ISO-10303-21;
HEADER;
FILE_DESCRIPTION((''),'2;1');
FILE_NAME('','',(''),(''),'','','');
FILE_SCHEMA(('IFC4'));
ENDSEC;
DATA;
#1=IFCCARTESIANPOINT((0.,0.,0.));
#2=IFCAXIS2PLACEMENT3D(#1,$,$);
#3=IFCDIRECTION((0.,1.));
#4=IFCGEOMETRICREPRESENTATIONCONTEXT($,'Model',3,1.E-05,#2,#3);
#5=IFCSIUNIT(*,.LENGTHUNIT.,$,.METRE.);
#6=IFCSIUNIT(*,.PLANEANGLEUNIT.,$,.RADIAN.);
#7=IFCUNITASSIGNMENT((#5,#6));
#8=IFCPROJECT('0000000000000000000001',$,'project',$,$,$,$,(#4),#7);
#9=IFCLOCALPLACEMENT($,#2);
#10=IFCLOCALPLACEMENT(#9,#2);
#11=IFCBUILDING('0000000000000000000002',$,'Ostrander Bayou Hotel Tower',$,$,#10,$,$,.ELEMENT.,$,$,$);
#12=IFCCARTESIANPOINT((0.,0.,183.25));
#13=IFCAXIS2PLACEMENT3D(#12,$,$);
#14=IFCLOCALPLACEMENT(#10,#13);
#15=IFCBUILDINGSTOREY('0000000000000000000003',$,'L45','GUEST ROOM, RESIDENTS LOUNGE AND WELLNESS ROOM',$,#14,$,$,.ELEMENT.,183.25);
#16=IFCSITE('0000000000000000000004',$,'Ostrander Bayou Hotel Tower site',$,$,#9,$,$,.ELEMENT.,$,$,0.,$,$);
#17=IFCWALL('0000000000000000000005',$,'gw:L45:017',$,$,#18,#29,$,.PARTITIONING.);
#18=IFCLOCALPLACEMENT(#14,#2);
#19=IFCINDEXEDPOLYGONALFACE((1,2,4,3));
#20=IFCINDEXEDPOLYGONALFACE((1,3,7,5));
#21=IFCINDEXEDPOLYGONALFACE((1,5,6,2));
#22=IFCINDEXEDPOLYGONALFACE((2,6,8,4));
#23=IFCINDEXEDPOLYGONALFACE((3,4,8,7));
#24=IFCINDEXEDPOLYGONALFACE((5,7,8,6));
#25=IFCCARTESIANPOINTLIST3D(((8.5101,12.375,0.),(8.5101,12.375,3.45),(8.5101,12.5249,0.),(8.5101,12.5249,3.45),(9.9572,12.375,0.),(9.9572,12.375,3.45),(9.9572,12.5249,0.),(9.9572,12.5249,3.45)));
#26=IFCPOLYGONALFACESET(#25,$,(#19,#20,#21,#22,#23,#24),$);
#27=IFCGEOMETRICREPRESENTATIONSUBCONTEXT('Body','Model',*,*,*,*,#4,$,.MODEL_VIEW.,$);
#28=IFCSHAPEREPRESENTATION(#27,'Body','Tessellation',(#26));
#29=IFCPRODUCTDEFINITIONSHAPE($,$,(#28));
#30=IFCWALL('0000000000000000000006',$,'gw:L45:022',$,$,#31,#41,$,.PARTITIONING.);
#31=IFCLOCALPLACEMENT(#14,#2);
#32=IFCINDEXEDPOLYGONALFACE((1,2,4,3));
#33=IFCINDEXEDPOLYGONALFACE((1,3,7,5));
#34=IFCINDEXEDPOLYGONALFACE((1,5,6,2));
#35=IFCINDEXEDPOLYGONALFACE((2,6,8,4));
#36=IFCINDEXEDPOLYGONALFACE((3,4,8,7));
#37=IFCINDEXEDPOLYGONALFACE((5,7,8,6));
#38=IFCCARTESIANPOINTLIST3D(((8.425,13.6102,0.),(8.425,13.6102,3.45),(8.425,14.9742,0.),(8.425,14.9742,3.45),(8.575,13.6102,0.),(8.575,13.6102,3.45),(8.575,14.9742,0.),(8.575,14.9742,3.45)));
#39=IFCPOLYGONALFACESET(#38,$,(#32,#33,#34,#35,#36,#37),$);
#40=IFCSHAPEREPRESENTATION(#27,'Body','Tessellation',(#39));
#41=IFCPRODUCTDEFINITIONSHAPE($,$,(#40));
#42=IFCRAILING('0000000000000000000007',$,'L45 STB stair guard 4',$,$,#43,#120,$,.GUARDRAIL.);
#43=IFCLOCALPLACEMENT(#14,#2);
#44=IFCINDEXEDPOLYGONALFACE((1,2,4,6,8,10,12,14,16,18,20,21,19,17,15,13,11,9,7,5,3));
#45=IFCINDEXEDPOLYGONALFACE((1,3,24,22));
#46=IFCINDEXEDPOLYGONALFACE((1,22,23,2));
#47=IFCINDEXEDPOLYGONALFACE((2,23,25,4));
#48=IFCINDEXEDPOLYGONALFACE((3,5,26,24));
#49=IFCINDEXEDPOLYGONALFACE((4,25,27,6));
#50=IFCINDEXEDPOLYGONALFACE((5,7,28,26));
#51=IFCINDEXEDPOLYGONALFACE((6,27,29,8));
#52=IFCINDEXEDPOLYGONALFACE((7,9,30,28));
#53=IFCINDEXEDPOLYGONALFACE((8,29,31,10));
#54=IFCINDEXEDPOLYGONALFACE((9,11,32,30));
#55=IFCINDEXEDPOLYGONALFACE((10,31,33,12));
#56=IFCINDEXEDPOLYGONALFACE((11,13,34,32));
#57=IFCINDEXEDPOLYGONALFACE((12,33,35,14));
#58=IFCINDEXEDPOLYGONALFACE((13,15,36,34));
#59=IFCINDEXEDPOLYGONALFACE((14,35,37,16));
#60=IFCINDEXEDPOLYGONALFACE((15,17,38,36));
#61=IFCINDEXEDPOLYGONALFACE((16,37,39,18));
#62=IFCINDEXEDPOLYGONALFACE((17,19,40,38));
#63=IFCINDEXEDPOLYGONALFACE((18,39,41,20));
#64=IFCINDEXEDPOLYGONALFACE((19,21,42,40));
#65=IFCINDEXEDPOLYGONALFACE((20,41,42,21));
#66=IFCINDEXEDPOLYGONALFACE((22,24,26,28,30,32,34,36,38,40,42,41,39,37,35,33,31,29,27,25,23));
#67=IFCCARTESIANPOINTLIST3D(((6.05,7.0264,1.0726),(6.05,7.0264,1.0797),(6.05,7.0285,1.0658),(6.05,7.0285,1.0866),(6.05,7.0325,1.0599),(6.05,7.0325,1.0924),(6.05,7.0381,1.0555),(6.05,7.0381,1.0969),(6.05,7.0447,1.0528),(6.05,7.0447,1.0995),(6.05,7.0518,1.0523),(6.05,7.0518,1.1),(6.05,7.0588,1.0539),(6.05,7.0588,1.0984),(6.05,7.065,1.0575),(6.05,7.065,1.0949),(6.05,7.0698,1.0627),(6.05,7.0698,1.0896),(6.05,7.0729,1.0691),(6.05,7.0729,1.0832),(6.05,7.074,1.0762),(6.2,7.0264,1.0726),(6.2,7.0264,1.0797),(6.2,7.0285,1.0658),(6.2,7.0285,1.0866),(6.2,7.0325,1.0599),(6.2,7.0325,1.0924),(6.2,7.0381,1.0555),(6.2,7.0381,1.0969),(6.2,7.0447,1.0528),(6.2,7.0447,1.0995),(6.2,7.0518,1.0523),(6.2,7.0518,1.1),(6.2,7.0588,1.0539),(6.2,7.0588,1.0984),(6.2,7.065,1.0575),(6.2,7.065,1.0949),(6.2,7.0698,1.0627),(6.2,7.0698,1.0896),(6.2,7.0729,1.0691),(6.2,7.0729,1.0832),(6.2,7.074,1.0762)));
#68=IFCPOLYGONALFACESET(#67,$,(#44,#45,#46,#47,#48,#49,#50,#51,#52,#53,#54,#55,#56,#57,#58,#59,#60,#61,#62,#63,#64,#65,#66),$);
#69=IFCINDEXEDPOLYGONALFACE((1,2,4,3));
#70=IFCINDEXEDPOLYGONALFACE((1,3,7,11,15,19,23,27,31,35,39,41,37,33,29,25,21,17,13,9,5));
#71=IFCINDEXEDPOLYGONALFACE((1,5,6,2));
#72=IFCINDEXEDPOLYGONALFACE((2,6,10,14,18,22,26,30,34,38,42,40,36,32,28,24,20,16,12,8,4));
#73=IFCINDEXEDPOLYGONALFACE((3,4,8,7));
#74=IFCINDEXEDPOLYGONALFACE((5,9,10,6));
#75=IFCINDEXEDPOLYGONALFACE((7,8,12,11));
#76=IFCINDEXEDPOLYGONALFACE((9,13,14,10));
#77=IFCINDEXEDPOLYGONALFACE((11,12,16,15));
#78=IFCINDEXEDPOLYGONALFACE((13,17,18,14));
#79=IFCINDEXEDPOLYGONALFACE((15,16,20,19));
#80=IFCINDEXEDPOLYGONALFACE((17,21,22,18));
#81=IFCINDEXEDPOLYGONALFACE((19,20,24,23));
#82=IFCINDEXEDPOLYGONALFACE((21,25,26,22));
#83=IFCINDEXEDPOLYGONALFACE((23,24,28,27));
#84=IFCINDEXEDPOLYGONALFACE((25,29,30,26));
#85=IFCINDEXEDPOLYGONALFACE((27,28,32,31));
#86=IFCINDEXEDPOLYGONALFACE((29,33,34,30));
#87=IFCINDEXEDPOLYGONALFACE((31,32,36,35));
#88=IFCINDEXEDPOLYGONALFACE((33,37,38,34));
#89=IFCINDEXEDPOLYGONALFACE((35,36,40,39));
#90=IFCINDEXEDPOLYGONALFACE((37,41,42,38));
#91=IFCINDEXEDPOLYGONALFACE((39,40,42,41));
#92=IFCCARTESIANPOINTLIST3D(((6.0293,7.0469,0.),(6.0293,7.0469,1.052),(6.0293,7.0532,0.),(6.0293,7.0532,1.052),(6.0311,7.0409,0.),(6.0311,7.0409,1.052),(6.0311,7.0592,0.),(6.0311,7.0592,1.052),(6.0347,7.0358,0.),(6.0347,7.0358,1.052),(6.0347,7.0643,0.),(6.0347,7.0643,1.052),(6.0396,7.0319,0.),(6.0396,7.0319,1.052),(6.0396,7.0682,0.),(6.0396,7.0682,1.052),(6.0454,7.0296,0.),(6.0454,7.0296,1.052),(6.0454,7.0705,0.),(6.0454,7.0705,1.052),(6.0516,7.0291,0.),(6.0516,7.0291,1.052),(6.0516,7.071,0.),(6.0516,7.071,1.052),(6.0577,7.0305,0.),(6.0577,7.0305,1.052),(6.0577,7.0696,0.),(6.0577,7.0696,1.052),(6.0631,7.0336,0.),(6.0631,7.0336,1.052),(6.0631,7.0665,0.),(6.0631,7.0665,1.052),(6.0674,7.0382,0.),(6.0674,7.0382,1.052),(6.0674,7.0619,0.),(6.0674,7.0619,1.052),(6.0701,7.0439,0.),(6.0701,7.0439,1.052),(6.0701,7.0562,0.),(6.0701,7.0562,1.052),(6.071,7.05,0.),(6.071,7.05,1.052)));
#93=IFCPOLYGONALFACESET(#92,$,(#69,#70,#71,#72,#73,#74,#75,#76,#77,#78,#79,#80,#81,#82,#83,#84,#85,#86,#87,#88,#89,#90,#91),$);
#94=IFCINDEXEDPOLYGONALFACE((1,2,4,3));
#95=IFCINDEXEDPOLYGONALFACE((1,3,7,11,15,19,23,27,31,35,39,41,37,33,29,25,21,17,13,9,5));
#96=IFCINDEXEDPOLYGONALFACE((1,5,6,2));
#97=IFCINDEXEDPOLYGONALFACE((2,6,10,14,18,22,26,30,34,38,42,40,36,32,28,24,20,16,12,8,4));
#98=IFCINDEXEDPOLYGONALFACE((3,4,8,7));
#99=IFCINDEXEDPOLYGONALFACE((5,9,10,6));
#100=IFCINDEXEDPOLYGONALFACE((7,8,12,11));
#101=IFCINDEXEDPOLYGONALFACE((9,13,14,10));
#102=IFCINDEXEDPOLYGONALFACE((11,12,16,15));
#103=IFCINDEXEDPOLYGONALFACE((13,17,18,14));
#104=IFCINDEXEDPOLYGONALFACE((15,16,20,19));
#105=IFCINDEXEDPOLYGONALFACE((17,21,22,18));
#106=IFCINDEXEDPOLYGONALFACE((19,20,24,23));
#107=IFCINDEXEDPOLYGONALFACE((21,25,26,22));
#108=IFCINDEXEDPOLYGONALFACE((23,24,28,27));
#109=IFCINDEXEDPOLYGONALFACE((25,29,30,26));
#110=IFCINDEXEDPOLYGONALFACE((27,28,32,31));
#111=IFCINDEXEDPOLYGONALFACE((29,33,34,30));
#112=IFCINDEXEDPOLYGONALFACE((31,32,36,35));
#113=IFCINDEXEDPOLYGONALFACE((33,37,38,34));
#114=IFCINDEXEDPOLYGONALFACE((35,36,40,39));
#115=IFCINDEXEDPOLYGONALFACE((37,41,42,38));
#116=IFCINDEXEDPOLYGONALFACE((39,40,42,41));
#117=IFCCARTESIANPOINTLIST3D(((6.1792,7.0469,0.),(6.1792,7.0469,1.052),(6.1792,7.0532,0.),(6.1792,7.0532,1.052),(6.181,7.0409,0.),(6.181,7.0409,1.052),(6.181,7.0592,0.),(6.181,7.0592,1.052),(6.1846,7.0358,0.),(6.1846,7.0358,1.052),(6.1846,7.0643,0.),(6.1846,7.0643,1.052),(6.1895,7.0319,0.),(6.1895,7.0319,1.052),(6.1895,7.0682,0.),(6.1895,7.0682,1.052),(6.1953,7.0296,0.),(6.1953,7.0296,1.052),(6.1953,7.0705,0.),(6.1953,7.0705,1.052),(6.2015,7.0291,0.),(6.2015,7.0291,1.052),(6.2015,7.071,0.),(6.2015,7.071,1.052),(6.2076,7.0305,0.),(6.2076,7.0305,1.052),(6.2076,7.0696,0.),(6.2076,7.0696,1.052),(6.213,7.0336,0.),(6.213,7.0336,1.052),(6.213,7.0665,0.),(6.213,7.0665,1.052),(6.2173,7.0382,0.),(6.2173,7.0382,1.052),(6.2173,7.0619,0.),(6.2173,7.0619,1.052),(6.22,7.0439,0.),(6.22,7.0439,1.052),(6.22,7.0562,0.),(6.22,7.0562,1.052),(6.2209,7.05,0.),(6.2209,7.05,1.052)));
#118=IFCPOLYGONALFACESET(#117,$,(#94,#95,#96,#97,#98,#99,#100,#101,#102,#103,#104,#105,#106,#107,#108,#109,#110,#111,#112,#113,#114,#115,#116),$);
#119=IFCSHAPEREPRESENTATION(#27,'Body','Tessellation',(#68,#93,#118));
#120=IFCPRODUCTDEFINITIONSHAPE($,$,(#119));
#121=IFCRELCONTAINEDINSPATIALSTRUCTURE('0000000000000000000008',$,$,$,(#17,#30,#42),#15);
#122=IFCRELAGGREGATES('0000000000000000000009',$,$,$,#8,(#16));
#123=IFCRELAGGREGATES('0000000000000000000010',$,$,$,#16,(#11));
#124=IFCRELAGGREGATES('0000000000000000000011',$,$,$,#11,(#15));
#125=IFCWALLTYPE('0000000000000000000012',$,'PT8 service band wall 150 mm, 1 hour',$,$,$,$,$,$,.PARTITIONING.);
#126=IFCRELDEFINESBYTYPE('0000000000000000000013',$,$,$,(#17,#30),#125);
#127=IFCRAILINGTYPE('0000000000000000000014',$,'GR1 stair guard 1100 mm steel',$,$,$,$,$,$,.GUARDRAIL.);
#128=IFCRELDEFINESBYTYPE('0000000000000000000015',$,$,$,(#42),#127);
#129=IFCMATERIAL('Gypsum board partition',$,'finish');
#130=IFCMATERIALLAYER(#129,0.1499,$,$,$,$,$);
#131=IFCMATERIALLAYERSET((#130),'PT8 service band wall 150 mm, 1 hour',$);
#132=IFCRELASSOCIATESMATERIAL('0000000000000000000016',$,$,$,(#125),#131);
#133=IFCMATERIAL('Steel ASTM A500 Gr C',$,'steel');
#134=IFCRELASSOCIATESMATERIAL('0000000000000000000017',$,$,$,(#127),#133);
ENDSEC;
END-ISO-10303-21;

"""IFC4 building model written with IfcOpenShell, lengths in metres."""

from ifc_helpers import new_model, si_unit, direction, frame, frame_2d, origin, origin_2d, place, context, subcontext, project, spatial, rectangle, circle, extrude, material, layer, layer_set, type_object, element, save


model = new_model("IFC4")

# Units and contexts
model_context = context("Model", 3, precision=1e-05, world=origin(), true_north=direction((0.0, 1.0)))
body_context = subcontext(model_context, "Body", "Model", "MODEL_VIEW")
ifc_project = project(units=[si_unit("LENGTHUNIT", "METRE"), si_unit("PLANEANGLEUNIT", "RADIAN")], contexts=[model_context])

# Site, building, storey
site_placement = place(None, origin())
site = spatial("IfcSite", under=ifc_project, at=site_placement, Name="Ostrander Bayou Hotel Tower site", CompositionType="ELEMENT", RefElevation=0.0)
building_placement = place(site_placement, origin())
building = spatial("IfcBuilding", under=site, at=building_placement, Name="Ostrander Bayou Hotel Tower", CompositionType="ELEMENT")
storey_placement = place(building_placement, frame((0.0, 0.0, 183.25)))
storey = spatial("IfcBuildingStorey", under=building, at=storey_placement, Name="L45", Description="GUEST ROOM, RESIDENTS LOUNGE AND WELLNESS ROOM", CompositionType="ELEMENT", Elevation=183.25)

# Walls
ifc_material_1 = material(Name="Gypsum board partition", Category="finish")
ifc_layer_1 = layer(ifc_material_1, 0.1499)
ifc_layer_set_1 = layer_set([ifc_layer_1], Name="PT8 service band wall 150 mm, 1 hour")
wall_type_1 = type_object("IfcWallType", Name="PT8 service band wall 150 mm, 1 hour", PredefinedType="PARTITIONING", material=ifc_layer_set_1)
wall_1_placement = place(storey_placement, frame((8.51, 12.45, 0.0), z_axis=(0.0, 0.0, 1.0), x_axis=(1.0, 0.0, 0.0)))
element("IfcWall", 1, at=wall_1_placement, inside=storey, type_object=wall_type_1, Name="gw:L45:017", PredefinedType="PARTITIONING", context=body_context, shape_type="SweptSolid", body=[
    extrude(rectangle(XDim=1.447, YDim=0.1499, at=frame_2d((0.7236, 0.0))), origin(), (0.0, 0.0, 1.0), 3.45),
])
wall_2_placement = place(storey_placement, frame((8.5, 13.6101, 0.0), z_axis=(0.0, 0.0, 1.0), x_axis=(0.0, 1.0, 0.0)))
element("IfcWall", 2, at=wall_2_placement, inside=storey, type_object=wall_type_1, Name="gw:L45:022", PredefinedType="PARTITIONING", context=body_context, shape_type="SweptSolid", body=[
    extrude(rectangle(XDim=1.364, YDim=0.1499, at=frame_2d((0.6821, 0.0))), origin(), (0.0, 0.0, 1.0), 3.45),
])

# Railing
ifc_material_2 = material(Name="Steel ASTM A500 Gr C", Category="steel")
railing_type = type_object("IfcRailingType", Name="GR1 stair guard 1100 mm steel", PredefinedType="GUARDRAIL", material=ifc_material_2)
railing_placement = place(storey_placement, frame((6.05, 7.05, 0.0)))
element("IfcRailing", 3, at=railing_placement, inside=storey, type_object=railing_type, Name="L45 STB stair guard 4", PredefinedType="GUARDRAIL", context=body_context, shape_type="SweptSolid", body=[
    extrude(circle(Radius=0.0239, at=origin_2d()), frame((0.0, 0.0, 1.0762), z_axis=(1.0, 0.0, 0.0), x_axis=(0.0, 1.0, 0.0)), (0.0, 0.0, 1.0), 0.1499),
    extrude(circle(Radius=0.021, at=origin_2d()), origin(), (0.0, 0.0, 1.0), 1.052),
    extrude(circle(Radius=0.021, at=origin_2d()), frame((0.1499, 0.0, 0.0)), (0.0, 0.0, 1.0), 1.052),
])

save(model, "model.ifc")
